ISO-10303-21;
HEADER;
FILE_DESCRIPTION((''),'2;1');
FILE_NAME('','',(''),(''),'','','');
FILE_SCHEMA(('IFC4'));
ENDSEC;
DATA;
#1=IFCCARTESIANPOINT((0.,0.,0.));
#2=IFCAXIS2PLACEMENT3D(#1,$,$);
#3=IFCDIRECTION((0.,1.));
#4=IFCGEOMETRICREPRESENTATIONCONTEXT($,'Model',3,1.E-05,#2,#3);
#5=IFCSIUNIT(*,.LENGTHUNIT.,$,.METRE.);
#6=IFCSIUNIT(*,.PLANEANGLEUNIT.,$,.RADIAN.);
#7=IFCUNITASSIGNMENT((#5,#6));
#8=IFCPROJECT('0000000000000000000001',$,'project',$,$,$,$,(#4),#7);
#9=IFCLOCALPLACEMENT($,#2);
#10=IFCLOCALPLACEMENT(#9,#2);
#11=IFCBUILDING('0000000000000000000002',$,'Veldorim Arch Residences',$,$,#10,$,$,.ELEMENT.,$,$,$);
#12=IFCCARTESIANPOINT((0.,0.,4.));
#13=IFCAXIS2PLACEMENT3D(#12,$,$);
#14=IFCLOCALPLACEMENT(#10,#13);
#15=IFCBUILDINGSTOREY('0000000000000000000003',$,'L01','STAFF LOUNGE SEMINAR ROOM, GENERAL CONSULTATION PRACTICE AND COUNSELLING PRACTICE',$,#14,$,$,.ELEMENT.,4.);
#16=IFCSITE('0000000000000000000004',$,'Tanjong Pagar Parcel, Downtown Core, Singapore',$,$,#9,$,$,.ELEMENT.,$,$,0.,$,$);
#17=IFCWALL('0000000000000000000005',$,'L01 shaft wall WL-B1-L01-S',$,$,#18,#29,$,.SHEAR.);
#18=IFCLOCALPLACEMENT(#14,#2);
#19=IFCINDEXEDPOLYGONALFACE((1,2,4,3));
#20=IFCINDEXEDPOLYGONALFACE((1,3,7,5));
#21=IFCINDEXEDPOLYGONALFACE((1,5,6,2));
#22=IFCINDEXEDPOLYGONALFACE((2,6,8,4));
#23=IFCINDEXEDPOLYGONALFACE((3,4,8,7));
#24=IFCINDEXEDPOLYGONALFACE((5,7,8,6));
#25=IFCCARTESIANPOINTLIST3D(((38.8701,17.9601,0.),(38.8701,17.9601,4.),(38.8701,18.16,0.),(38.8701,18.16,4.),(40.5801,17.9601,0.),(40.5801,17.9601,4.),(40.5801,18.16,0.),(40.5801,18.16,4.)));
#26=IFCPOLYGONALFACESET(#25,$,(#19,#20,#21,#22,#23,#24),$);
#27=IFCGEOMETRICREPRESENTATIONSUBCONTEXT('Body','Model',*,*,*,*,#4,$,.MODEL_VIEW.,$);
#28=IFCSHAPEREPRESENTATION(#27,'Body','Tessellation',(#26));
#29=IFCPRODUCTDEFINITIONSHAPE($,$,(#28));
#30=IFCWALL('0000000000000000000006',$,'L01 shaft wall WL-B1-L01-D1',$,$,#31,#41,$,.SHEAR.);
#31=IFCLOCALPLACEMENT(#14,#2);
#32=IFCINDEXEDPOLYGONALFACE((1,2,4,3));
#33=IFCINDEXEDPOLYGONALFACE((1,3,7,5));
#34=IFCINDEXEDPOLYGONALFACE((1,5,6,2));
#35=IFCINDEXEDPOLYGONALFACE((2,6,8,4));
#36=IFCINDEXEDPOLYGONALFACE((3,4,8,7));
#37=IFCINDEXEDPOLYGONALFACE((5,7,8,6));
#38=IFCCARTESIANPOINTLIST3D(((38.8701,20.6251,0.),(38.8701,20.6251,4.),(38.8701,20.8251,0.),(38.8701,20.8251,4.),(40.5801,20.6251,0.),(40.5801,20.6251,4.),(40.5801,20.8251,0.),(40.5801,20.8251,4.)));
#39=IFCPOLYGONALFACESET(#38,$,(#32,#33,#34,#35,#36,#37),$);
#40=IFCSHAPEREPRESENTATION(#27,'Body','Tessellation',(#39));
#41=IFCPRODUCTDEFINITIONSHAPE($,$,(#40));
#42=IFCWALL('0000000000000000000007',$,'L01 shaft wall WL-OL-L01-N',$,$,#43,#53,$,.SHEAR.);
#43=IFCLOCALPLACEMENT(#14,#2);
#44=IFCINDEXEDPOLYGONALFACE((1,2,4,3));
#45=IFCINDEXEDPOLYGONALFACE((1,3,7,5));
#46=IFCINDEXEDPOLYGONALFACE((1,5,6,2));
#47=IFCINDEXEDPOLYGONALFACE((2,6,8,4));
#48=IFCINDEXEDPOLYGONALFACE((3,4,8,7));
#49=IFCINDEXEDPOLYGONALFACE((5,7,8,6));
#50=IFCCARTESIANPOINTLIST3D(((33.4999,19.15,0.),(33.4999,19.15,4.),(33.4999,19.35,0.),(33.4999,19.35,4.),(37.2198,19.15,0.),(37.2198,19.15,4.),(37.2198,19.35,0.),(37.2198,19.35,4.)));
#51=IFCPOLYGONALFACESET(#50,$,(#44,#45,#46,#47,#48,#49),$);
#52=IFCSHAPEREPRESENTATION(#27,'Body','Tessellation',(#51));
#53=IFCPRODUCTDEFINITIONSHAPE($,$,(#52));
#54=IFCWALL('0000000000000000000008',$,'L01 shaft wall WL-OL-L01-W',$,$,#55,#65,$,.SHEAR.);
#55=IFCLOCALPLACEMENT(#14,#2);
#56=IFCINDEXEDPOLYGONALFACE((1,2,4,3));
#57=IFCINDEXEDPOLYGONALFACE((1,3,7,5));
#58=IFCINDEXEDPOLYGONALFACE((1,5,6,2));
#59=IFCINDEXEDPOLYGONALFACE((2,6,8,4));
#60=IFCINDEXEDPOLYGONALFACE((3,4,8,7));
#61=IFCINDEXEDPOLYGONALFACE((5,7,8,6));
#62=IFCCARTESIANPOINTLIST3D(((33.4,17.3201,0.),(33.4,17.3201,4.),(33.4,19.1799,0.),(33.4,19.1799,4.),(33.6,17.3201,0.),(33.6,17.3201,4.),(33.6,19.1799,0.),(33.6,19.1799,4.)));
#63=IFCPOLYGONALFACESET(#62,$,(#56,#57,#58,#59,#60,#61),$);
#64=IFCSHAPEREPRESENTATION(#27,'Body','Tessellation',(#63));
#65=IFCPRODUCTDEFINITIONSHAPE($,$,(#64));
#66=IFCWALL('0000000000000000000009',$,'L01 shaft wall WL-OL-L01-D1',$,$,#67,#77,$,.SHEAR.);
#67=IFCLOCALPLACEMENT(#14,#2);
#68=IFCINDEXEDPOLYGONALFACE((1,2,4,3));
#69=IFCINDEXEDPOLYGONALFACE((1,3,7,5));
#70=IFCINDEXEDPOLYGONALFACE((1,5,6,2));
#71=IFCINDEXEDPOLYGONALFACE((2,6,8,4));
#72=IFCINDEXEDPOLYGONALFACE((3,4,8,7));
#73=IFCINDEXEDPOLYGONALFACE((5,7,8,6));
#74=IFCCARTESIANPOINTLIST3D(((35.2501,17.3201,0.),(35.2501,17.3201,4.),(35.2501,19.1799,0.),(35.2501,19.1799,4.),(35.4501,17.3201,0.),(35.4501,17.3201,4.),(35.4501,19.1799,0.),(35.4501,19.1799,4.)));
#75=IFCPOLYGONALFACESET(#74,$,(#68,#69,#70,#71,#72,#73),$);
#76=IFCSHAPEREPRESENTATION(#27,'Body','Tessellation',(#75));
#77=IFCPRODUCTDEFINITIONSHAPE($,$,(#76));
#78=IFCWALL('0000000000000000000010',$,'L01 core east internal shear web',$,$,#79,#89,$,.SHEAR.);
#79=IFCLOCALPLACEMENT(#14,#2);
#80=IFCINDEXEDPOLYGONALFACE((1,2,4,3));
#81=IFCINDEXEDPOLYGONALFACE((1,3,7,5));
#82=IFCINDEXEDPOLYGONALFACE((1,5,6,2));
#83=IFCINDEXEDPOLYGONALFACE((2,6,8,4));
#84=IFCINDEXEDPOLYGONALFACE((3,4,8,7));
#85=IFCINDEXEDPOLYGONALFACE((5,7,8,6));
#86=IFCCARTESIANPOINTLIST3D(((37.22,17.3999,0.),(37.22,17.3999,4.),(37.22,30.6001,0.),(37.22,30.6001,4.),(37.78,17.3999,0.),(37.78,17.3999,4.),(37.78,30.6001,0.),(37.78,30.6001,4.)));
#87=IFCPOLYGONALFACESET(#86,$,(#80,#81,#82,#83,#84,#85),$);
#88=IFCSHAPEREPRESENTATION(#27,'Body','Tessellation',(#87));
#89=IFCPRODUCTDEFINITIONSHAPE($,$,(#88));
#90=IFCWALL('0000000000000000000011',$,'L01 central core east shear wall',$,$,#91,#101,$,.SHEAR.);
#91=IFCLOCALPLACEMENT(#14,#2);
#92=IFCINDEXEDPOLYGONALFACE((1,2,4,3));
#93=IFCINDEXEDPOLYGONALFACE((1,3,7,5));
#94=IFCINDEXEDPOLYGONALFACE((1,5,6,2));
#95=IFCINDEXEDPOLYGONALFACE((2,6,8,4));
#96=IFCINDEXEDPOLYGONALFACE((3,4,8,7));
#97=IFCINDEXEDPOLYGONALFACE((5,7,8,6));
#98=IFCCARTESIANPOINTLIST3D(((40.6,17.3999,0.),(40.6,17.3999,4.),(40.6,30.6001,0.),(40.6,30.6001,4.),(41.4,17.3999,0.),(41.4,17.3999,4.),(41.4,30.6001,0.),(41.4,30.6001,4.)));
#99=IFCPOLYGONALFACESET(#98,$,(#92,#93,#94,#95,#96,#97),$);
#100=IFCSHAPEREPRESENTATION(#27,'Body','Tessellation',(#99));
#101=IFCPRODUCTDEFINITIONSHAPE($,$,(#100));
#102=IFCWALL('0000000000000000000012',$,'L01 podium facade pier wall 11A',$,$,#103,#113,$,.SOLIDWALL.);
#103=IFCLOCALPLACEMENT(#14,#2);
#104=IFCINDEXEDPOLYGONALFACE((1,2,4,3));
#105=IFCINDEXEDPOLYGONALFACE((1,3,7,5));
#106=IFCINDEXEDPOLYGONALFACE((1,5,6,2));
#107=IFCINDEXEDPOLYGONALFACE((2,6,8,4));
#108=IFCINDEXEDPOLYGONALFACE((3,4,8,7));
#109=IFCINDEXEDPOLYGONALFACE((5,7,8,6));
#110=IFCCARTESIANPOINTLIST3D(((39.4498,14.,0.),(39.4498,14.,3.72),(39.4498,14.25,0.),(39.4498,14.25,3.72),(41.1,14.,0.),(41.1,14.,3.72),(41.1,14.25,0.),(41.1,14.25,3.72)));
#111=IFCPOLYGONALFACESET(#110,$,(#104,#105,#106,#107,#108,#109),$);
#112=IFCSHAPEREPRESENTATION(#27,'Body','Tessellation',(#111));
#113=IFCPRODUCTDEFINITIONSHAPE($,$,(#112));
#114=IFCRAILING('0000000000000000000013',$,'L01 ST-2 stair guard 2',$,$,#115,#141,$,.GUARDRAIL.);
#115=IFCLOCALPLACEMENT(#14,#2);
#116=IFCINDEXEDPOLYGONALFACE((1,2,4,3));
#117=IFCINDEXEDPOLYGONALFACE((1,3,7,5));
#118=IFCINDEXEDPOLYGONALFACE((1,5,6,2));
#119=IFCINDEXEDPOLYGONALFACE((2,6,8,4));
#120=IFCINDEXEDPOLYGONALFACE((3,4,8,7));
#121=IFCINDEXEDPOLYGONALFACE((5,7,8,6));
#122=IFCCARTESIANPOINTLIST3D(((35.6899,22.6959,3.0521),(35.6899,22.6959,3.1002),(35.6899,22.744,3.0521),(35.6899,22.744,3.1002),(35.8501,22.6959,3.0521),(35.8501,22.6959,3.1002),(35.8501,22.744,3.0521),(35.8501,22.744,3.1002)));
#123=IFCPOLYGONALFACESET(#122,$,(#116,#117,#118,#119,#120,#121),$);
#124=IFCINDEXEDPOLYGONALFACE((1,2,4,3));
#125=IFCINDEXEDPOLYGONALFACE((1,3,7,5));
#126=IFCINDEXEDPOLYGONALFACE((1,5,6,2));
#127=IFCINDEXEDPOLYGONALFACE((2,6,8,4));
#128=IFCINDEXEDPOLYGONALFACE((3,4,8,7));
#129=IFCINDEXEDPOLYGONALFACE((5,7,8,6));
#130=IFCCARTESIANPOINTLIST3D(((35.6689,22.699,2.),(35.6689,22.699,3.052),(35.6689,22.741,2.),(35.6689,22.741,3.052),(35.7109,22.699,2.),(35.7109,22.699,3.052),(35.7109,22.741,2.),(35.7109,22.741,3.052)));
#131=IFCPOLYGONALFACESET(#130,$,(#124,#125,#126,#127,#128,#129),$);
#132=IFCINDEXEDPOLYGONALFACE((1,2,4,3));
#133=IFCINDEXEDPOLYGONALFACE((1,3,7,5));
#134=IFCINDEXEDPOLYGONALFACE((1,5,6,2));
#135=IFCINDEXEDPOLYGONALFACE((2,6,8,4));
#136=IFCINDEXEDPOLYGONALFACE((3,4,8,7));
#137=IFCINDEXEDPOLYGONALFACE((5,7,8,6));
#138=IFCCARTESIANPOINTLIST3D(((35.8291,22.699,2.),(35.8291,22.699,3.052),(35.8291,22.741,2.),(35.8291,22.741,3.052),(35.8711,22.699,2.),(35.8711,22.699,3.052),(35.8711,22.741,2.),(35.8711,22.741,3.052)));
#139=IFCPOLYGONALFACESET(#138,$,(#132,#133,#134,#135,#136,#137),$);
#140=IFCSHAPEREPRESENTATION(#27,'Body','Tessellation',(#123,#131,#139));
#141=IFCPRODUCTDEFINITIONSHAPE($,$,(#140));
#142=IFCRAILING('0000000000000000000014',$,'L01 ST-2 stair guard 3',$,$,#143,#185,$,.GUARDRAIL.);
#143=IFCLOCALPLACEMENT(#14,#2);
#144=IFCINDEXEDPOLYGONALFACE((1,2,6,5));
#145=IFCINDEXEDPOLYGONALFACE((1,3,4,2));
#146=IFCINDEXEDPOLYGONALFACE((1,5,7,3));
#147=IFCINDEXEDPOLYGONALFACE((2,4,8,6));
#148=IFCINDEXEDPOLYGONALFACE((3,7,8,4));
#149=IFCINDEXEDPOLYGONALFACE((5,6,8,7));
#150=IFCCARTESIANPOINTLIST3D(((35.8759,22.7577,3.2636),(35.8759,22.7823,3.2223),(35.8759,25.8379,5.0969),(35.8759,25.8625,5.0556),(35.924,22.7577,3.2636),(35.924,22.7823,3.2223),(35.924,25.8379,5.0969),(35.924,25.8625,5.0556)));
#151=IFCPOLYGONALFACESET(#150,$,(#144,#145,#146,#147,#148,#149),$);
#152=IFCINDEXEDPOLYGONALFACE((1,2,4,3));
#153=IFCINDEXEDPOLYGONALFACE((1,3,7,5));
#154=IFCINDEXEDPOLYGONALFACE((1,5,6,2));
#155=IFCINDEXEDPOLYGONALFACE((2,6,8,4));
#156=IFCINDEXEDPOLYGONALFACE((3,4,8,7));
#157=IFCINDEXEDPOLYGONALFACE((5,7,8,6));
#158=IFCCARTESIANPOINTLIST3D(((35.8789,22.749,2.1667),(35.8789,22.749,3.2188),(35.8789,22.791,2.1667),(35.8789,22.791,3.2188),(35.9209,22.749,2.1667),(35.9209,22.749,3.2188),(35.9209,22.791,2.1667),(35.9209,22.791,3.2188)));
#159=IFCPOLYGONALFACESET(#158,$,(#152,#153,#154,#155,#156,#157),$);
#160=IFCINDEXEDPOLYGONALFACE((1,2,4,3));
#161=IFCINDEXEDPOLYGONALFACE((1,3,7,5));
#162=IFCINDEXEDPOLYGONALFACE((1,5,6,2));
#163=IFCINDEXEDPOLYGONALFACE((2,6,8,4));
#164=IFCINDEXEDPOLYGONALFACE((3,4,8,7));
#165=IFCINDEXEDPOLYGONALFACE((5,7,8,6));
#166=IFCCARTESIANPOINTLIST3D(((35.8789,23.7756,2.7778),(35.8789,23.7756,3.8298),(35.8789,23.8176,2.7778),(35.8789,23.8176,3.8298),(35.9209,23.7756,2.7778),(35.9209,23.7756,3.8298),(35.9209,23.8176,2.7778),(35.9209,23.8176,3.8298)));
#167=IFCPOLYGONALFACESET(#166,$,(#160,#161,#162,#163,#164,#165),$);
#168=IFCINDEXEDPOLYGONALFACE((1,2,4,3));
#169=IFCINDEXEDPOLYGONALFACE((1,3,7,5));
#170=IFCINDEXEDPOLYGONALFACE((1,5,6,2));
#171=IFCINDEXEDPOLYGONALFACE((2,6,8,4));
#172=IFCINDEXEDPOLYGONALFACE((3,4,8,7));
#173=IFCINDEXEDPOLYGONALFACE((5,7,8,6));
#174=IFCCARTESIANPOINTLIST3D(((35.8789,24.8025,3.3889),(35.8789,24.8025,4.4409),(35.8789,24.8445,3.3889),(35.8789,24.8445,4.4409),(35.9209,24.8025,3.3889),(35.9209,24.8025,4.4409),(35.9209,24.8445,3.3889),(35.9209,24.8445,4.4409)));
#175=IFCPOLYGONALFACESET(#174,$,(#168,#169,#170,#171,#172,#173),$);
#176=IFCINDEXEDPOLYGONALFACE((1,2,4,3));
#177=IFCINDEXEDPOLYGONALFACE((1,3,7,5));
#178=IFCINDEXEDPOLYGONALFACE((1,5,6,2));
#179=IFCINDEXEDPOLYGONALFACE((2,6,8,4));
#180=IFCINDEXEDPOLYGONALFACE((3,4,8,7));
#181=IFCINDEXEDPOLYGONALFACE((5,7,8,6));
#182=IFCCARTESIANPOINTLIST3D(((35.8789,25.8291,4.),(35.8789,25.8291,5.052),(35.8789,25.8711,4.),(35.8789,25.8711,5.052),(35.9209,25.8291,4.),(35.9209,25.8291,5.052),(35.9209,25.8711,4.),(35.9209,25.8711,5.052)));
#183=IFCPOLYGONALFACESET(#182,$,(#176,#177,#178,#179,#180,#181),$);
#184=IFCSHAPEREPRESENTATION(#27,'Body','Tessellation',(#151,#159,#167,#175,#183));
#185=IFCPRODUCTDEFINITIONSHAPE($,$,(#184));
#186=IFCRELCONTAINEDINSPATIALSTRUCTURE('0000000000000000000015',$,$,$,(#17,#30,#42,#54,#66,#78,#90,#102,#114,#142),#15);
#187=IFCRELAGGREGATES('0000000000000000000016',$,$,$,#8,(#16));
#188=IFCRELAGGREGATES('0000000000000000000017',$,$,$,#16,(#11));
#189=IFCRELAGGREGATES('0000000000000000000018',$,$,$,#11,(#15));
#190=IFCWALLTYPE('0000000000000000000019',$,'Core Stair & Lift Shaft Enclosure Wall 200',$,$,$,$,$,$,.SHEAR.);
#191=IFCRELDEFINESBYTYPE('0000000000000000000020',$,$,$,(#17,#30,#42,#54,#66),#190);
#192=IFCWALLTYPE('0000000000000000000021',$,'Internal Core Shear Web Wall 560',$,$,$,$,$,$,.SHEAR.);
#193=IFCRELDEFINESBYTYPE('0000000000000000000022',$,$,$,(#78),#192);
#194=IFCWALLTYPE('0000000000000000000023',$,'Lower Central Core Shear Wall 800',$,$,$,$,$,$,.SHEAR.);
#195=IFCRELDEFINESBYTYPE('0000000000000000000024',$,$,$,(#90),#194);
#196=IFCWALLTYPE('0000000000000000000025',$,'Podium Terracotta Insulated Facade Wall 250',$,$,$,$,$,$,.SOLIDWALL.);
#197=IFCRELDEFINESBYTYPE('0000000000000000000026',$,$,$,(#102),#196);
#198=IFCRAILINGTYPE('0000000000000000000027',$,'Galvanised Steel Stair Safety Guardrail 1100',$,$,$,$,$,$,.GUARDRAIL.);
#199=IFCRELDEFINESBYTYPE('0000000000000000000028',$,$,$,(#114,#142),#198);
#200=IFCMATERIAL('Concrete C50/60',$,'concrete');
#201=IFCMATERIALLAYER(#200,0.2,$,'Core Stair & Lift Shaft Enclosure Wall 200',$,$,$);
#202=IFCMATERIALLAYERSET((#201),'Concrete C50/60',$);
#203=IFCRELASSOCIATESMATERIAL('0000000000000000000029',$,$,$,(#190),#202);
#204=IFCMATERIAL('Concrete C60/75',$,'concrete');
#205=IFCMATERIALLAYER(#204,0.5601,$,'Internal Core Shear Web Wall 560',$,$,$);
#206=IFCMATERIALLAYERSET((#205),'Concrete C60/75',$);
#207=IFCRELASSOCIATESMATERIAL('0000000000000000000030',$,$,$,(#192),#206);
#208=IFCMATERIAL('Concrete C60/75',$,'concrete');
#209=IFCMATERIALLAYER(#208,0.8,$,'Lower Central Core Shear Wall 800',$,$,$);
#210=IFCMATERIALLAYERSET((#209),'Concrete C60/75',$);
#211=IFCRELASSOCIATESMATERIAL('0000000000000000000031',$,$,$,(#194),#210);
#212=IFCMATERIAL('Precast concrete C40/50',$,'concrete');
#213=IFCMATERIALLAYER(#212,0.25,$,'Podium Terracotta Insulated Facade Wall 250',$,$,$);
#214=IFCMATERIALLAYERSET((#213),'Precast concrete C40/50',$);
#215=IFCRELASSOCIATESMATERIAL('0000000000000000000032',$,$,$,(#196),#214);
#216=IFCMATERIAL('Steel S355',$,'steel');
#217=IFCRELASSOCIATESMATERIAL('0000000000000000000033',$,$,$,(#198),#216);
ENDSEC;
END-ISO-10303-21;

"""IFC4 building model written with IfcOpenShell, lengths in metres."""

from ifc_helpers import new_model, si_unit, direction, frame, frame_2d, origin, origin_2d, place, context, subcontext, project, spatial, rectangle, extrude, material, layer, layer_set, type_object, element, save


model = new_model("IFC4")

# Units and contexts
model_context = context("Model", 3, precision=1e-05, world=origin(), true_north=direction((0.0, 1.0)))
body_context = subcontext(model_context, "Body", "Model", "MODEL_VIEW")
ifc_project = project(units=[si_unit("LENGTHUNIT", "METRE"), si_unit("PLANEANGLEUNIT", "RADIAN")], contexts=[model_context])

# Site, building, storey
site_placement = place(None, origin())
site = spatial("IfcSite", under=ifc_project, at=site_placement, Name="Tanjong Pagar Parcel, Downtown Core, Singapore", CompositionType="ELEMENT", RefElevation=0.0)
building_placement = place(site_placement, origin())
building = spatial("IfcBuilding", under=site, at=building_placement, Name="Veldorim Arch Residences", CompositionType="ELEMENT")
storey_placement = place(building_placement, frame((0.0, 0.0, 4.0)))
storey = spatial("IfcBuildingStorey", under=building, at=storey_placement, Name="L01", Description="STAFF LOUNGE SEMINAR ROOM, GENERAL CONSULTATION PRACTICE AND COUNSELLING PRACTICE", CompositionType="ELEMENT", Elevation=4.0)

# Walls
ifc_material_1 = material(Name="Concrete C50/60", Category="concrete")
ifc_layer_1 = layer(ifc_material_1, 0.2, Name="Core Stair & Lift Shaft Enclosure Wall 200")
ifc_layer_set_1 = layer_set([ifc_layer_1], Name="Concrete C50/60")
wall_type_1 = type_object("IfcWallType", Name="Core Stair & Lift Shaft Enclosure Wall 200", PredefinedType="SHEAR", material=ifc_layer_set_1)
for number, where, z_axis, x_axis, name in (
    (1, (38.8701, 18.0601, 0.0), (0.0, 0.0, 1.0), (1.0, 0.0, 0.0), "L01 shaft wall WL-B1-L01-S"),
    (2, (38.8701, 20.7251, 0.0), (0.0, 0.0, 1.0), (1.0, 0.0, 0.0), "L01 shaft wall WL-B1-L01-D1"),
):
    element("IfcWall", number, at=place(storey_placement, frame(where, z_axis=z_axis, x_axis=x_axis)), inside=storey, type_object=wall_type_1, Name=name, PredefinedType="SHEAR", context=body_context, shape_type="SweptSolid", body=[
        extrude(rectangle(XDim=1.71, YDim=0.2, at=frame_2d((0.855, 0.0))), origin(), (0.0, 0.0, 1.0), 4.0),
    ])
wall_1_placement = place(storey_placement, frame((33.5, 19.25, 0.0), z_axis=(0.0, 0.0, 1.0), x_axis=(1.0, 0.0, 0.0)))
element("IfcWall", 3, at=wall_1_placement, inside=storey, type_object=wall_type_1, Name="L01 shaft wall WL-OL-L01-N", PredefinedType="SHEAR", context=body_context, shape_type="SweptSolid", body=[
    extrude(rectangle(XDim=3.72, YDim=0.2, at=frame_2d((1.8599, 0.0))), origin(), (0.0, 0.0, 1.0), 4.0),
])
for number, where, z_axis, x_axis, name in (
    (4, (33.5, 17.3201, 0.0), (0.0, 0.0, 1.0), (0.0, 1.0, 0.0), "L01 shaft wall WL-OL-L01-W"),
    (5, (35.3501, 17.3201, 0.0), (0.0, 0.0, 1.0), (0.0, 1.0, 0.0), "L01 shaft wall WL-OL-L01-D1"),
):
    element("IfcWall", number, at=place(storey_placement, frame(where, z_axis=z_axis, x_axis=x_axis)), inside=storey, type_object=wall_type_1, Name=name, PredefinedType="SHEAR", context=body_context, shape_type="SweptSolid", body=[
        extrude(rectangle(XDim=1.8599, YDim=0.2, at=frame_2d((0.9299, 0.0))), origin(), (0.0, 0.0, 1.0), 4.0),
    ])
ifc_material_2 = material(Name="Concrete C60/75", Category="concrete")
ifc_layer_2 = layer(ifc_material_2, 0.5601, Name="Internal Core Shear Web Wall 560")
ifc_layer_set_2 = layer_set([ifc_layer_2], Name="Concrete C60/75")
wall_type_2 = type_object("IfcWallType", Name="Internal Core Shear Web Wall 560", PredefinedType="SHEAR", material=ifc_layer_set_2)
wall_2_placement = place(storey_placement, frame((37.5, 17.3999, 0.0), z_axis=(0.0, 0.0, 1.0), x_axis=(0.0, 1.0, 0.0)))
element("IfcWall", 6, at=wall_2_placement, inside=storey, type_object=wall_type_2, Name="L01 core east internal shear web", PredefinedType="SHEAR", context=body_context, shape_type="SweptSolid", body=[
    extrude(rectangle(XDim=13.2002, YDim=0.5601, at=frame_2d((6.6001, 0.0))), origin(), (0.0, 0.0, 1.0), 4.0),
])
ifc_material_3 = material(Name="Concrete C60/75", Category="concrete")
ifc_layer_3 = layer(ifc_material_3, 0.8, Name="Lower Central Core Shear Wall 800")
ifc_layer_set_3 = layer_set([ifc_layer_3], Name="Concrete C60/75")
wall_type_3 = type_object("IfcWallType", Name="Lower Central Core Shear Wall 800", PredefinedType="SHEAR", material=ifc_layer_set_3)
wall_3_placement = place(storey_placement, frame((41.0, 17.3999, 0.0), z_axis=(0.0, 0.0, 1.0), x_axis=(0.0, 1.0, 0.0)))
element("IfcWall", 7, at=wall_3_placement, inside=storey, type_object=wall_type_3, Name="L01 central core east shear wall", PredefinedType="SHEAR", context=body_context, shape_type="SweptSolid", body=[
    extrude(rectangle(XDim=13.2002, YDim=0.8, at=frame_2d((6.6001, 0.0))), origin(), (0.0, 0.0, 1.0), 4.0),
])
ifc_material_4 = material(Name="Precast concrete C40/50", Category="concrete")
ifc_layer_4 = layer(ifc_material_4, 0.25, Name="Podium Terracotta Insulated Facade Wall 250")
ifc_layer_set_4 = layer_set([ifc_layer_4], Name="Precast concrete C40/50")
wall_type_4 = type_object("IfcWallType", Name="Podium Terracotta Insulated Facade Wall 250", PredefinedType="SOLIDWALL", material=ifc_layer_set_4)
wall_4_placement = place(storey_placement, frame((41.1001, 14.125, 0.0), z_axis=(0.0, 0.0, 1.0), x_axis=(-1.0, 0.0, 0.0)))
element("IfcWall", 8, at=wall_4_placement, inside=storey, type_object=wall_type_4, Name="L01 podium facade pier wall 11A", PredefinedType="SOLIDWALL", context=body_context, shape_type="SweptSolid", body=[
    extrude(rectangle(XDim=1.6501, YDim=0.25, at=frame_2d((0.8252, 0.0))), origin(), (0.0, 0.0, 1.0), 3.72),
])

# Railings
ifc_material_5 = material(Name="Steel S355", Category="steel")
railing_type = type_object("IfcRailingType", Name="Galvanised Steel Stair Safety Guardrail 1100", PredefinedType="GUARDRAIL", material=ifc_material_5)
railing_1_placement = place(storey_placement, frame((35.6899, 22.72, 2.0)))
element("IfcRailing", 9, at=railing_1_placement, inside=storey, type_object=railing_type, Name="L01 ST-2 stair guard 2", PredefinedType="GUARDRAIL", context=body_context, shape_type="SweptSolid", body=[
    extrude(rectangle(XDim=0.0481, YDim=0.0481, at=origin_2d()), frame((0.0, 0.0, 1.0762), z_axis=(1.0, 0.0, 0.0), x_axis=(0.0, 1.0, 0.0)), (0.0, 0.0, 1.0), 0.1602),
    extrude(rectangle(XDim=0.042, YDim=0.042, at=origin_2d()), origin(), (0.0, 0.0, 1.0), 1.052),
    extrude(rectangle(XDim=0.042, YDim=0.042, at=origin_2d()), frame((0.1602, 0.0, 0.0)), (0.0, 0.0, 1.0), 1.052),
])
railing_2_placement = place(storey_placement, frame((35.8999, 22.77, 2.1667)))
element("IfcRailing", 10, at=railing_2_placement, inside=storey, type_object=railing_type, Name="L01 ST-2 stair guard 3", PredefinedType="GUARDRAIL", context=body_context, shape_type="SweptSolid", body=[
    extrude(rectangle(XDim=0.0481, YDim=0.0481, at=origin_2d()), frame((0.0, 0.0, 1.0762), z_axis=(0.0, 0.859309, 0.511458), x_axis=(-1.0, 0.0, 0.0)), (0.0, 0.0, 1.0), 3.5845),
    extrude(rectangle(XDim=0.042, YDim=0.042, at=origin_2d()), origin(), (0.0, 0.0, 1.0), 1.052),
    extrude(rectangle(XDim=0.042, YDim=0.042, at=origin_2d()), frame((0.0, 1.0266, 0.6111)), (0.0, 0.0, 1.0), 1.052),
    extrude(rectangle(XDim=0.042, YDim=0.042, at=origin_2d()), frame((0.0, 2.0535, 1.2222)), (0.0, 0.0, 1.0), 1.052),
    extrude(rectangle(XDim=0.042, YDim=0.042, at=origin_2d()), frame((0.0, 3.0801, 1.8333)), (0.0, 0.0, 1.0), 1.052),
])

save(model, "model.ifc")
